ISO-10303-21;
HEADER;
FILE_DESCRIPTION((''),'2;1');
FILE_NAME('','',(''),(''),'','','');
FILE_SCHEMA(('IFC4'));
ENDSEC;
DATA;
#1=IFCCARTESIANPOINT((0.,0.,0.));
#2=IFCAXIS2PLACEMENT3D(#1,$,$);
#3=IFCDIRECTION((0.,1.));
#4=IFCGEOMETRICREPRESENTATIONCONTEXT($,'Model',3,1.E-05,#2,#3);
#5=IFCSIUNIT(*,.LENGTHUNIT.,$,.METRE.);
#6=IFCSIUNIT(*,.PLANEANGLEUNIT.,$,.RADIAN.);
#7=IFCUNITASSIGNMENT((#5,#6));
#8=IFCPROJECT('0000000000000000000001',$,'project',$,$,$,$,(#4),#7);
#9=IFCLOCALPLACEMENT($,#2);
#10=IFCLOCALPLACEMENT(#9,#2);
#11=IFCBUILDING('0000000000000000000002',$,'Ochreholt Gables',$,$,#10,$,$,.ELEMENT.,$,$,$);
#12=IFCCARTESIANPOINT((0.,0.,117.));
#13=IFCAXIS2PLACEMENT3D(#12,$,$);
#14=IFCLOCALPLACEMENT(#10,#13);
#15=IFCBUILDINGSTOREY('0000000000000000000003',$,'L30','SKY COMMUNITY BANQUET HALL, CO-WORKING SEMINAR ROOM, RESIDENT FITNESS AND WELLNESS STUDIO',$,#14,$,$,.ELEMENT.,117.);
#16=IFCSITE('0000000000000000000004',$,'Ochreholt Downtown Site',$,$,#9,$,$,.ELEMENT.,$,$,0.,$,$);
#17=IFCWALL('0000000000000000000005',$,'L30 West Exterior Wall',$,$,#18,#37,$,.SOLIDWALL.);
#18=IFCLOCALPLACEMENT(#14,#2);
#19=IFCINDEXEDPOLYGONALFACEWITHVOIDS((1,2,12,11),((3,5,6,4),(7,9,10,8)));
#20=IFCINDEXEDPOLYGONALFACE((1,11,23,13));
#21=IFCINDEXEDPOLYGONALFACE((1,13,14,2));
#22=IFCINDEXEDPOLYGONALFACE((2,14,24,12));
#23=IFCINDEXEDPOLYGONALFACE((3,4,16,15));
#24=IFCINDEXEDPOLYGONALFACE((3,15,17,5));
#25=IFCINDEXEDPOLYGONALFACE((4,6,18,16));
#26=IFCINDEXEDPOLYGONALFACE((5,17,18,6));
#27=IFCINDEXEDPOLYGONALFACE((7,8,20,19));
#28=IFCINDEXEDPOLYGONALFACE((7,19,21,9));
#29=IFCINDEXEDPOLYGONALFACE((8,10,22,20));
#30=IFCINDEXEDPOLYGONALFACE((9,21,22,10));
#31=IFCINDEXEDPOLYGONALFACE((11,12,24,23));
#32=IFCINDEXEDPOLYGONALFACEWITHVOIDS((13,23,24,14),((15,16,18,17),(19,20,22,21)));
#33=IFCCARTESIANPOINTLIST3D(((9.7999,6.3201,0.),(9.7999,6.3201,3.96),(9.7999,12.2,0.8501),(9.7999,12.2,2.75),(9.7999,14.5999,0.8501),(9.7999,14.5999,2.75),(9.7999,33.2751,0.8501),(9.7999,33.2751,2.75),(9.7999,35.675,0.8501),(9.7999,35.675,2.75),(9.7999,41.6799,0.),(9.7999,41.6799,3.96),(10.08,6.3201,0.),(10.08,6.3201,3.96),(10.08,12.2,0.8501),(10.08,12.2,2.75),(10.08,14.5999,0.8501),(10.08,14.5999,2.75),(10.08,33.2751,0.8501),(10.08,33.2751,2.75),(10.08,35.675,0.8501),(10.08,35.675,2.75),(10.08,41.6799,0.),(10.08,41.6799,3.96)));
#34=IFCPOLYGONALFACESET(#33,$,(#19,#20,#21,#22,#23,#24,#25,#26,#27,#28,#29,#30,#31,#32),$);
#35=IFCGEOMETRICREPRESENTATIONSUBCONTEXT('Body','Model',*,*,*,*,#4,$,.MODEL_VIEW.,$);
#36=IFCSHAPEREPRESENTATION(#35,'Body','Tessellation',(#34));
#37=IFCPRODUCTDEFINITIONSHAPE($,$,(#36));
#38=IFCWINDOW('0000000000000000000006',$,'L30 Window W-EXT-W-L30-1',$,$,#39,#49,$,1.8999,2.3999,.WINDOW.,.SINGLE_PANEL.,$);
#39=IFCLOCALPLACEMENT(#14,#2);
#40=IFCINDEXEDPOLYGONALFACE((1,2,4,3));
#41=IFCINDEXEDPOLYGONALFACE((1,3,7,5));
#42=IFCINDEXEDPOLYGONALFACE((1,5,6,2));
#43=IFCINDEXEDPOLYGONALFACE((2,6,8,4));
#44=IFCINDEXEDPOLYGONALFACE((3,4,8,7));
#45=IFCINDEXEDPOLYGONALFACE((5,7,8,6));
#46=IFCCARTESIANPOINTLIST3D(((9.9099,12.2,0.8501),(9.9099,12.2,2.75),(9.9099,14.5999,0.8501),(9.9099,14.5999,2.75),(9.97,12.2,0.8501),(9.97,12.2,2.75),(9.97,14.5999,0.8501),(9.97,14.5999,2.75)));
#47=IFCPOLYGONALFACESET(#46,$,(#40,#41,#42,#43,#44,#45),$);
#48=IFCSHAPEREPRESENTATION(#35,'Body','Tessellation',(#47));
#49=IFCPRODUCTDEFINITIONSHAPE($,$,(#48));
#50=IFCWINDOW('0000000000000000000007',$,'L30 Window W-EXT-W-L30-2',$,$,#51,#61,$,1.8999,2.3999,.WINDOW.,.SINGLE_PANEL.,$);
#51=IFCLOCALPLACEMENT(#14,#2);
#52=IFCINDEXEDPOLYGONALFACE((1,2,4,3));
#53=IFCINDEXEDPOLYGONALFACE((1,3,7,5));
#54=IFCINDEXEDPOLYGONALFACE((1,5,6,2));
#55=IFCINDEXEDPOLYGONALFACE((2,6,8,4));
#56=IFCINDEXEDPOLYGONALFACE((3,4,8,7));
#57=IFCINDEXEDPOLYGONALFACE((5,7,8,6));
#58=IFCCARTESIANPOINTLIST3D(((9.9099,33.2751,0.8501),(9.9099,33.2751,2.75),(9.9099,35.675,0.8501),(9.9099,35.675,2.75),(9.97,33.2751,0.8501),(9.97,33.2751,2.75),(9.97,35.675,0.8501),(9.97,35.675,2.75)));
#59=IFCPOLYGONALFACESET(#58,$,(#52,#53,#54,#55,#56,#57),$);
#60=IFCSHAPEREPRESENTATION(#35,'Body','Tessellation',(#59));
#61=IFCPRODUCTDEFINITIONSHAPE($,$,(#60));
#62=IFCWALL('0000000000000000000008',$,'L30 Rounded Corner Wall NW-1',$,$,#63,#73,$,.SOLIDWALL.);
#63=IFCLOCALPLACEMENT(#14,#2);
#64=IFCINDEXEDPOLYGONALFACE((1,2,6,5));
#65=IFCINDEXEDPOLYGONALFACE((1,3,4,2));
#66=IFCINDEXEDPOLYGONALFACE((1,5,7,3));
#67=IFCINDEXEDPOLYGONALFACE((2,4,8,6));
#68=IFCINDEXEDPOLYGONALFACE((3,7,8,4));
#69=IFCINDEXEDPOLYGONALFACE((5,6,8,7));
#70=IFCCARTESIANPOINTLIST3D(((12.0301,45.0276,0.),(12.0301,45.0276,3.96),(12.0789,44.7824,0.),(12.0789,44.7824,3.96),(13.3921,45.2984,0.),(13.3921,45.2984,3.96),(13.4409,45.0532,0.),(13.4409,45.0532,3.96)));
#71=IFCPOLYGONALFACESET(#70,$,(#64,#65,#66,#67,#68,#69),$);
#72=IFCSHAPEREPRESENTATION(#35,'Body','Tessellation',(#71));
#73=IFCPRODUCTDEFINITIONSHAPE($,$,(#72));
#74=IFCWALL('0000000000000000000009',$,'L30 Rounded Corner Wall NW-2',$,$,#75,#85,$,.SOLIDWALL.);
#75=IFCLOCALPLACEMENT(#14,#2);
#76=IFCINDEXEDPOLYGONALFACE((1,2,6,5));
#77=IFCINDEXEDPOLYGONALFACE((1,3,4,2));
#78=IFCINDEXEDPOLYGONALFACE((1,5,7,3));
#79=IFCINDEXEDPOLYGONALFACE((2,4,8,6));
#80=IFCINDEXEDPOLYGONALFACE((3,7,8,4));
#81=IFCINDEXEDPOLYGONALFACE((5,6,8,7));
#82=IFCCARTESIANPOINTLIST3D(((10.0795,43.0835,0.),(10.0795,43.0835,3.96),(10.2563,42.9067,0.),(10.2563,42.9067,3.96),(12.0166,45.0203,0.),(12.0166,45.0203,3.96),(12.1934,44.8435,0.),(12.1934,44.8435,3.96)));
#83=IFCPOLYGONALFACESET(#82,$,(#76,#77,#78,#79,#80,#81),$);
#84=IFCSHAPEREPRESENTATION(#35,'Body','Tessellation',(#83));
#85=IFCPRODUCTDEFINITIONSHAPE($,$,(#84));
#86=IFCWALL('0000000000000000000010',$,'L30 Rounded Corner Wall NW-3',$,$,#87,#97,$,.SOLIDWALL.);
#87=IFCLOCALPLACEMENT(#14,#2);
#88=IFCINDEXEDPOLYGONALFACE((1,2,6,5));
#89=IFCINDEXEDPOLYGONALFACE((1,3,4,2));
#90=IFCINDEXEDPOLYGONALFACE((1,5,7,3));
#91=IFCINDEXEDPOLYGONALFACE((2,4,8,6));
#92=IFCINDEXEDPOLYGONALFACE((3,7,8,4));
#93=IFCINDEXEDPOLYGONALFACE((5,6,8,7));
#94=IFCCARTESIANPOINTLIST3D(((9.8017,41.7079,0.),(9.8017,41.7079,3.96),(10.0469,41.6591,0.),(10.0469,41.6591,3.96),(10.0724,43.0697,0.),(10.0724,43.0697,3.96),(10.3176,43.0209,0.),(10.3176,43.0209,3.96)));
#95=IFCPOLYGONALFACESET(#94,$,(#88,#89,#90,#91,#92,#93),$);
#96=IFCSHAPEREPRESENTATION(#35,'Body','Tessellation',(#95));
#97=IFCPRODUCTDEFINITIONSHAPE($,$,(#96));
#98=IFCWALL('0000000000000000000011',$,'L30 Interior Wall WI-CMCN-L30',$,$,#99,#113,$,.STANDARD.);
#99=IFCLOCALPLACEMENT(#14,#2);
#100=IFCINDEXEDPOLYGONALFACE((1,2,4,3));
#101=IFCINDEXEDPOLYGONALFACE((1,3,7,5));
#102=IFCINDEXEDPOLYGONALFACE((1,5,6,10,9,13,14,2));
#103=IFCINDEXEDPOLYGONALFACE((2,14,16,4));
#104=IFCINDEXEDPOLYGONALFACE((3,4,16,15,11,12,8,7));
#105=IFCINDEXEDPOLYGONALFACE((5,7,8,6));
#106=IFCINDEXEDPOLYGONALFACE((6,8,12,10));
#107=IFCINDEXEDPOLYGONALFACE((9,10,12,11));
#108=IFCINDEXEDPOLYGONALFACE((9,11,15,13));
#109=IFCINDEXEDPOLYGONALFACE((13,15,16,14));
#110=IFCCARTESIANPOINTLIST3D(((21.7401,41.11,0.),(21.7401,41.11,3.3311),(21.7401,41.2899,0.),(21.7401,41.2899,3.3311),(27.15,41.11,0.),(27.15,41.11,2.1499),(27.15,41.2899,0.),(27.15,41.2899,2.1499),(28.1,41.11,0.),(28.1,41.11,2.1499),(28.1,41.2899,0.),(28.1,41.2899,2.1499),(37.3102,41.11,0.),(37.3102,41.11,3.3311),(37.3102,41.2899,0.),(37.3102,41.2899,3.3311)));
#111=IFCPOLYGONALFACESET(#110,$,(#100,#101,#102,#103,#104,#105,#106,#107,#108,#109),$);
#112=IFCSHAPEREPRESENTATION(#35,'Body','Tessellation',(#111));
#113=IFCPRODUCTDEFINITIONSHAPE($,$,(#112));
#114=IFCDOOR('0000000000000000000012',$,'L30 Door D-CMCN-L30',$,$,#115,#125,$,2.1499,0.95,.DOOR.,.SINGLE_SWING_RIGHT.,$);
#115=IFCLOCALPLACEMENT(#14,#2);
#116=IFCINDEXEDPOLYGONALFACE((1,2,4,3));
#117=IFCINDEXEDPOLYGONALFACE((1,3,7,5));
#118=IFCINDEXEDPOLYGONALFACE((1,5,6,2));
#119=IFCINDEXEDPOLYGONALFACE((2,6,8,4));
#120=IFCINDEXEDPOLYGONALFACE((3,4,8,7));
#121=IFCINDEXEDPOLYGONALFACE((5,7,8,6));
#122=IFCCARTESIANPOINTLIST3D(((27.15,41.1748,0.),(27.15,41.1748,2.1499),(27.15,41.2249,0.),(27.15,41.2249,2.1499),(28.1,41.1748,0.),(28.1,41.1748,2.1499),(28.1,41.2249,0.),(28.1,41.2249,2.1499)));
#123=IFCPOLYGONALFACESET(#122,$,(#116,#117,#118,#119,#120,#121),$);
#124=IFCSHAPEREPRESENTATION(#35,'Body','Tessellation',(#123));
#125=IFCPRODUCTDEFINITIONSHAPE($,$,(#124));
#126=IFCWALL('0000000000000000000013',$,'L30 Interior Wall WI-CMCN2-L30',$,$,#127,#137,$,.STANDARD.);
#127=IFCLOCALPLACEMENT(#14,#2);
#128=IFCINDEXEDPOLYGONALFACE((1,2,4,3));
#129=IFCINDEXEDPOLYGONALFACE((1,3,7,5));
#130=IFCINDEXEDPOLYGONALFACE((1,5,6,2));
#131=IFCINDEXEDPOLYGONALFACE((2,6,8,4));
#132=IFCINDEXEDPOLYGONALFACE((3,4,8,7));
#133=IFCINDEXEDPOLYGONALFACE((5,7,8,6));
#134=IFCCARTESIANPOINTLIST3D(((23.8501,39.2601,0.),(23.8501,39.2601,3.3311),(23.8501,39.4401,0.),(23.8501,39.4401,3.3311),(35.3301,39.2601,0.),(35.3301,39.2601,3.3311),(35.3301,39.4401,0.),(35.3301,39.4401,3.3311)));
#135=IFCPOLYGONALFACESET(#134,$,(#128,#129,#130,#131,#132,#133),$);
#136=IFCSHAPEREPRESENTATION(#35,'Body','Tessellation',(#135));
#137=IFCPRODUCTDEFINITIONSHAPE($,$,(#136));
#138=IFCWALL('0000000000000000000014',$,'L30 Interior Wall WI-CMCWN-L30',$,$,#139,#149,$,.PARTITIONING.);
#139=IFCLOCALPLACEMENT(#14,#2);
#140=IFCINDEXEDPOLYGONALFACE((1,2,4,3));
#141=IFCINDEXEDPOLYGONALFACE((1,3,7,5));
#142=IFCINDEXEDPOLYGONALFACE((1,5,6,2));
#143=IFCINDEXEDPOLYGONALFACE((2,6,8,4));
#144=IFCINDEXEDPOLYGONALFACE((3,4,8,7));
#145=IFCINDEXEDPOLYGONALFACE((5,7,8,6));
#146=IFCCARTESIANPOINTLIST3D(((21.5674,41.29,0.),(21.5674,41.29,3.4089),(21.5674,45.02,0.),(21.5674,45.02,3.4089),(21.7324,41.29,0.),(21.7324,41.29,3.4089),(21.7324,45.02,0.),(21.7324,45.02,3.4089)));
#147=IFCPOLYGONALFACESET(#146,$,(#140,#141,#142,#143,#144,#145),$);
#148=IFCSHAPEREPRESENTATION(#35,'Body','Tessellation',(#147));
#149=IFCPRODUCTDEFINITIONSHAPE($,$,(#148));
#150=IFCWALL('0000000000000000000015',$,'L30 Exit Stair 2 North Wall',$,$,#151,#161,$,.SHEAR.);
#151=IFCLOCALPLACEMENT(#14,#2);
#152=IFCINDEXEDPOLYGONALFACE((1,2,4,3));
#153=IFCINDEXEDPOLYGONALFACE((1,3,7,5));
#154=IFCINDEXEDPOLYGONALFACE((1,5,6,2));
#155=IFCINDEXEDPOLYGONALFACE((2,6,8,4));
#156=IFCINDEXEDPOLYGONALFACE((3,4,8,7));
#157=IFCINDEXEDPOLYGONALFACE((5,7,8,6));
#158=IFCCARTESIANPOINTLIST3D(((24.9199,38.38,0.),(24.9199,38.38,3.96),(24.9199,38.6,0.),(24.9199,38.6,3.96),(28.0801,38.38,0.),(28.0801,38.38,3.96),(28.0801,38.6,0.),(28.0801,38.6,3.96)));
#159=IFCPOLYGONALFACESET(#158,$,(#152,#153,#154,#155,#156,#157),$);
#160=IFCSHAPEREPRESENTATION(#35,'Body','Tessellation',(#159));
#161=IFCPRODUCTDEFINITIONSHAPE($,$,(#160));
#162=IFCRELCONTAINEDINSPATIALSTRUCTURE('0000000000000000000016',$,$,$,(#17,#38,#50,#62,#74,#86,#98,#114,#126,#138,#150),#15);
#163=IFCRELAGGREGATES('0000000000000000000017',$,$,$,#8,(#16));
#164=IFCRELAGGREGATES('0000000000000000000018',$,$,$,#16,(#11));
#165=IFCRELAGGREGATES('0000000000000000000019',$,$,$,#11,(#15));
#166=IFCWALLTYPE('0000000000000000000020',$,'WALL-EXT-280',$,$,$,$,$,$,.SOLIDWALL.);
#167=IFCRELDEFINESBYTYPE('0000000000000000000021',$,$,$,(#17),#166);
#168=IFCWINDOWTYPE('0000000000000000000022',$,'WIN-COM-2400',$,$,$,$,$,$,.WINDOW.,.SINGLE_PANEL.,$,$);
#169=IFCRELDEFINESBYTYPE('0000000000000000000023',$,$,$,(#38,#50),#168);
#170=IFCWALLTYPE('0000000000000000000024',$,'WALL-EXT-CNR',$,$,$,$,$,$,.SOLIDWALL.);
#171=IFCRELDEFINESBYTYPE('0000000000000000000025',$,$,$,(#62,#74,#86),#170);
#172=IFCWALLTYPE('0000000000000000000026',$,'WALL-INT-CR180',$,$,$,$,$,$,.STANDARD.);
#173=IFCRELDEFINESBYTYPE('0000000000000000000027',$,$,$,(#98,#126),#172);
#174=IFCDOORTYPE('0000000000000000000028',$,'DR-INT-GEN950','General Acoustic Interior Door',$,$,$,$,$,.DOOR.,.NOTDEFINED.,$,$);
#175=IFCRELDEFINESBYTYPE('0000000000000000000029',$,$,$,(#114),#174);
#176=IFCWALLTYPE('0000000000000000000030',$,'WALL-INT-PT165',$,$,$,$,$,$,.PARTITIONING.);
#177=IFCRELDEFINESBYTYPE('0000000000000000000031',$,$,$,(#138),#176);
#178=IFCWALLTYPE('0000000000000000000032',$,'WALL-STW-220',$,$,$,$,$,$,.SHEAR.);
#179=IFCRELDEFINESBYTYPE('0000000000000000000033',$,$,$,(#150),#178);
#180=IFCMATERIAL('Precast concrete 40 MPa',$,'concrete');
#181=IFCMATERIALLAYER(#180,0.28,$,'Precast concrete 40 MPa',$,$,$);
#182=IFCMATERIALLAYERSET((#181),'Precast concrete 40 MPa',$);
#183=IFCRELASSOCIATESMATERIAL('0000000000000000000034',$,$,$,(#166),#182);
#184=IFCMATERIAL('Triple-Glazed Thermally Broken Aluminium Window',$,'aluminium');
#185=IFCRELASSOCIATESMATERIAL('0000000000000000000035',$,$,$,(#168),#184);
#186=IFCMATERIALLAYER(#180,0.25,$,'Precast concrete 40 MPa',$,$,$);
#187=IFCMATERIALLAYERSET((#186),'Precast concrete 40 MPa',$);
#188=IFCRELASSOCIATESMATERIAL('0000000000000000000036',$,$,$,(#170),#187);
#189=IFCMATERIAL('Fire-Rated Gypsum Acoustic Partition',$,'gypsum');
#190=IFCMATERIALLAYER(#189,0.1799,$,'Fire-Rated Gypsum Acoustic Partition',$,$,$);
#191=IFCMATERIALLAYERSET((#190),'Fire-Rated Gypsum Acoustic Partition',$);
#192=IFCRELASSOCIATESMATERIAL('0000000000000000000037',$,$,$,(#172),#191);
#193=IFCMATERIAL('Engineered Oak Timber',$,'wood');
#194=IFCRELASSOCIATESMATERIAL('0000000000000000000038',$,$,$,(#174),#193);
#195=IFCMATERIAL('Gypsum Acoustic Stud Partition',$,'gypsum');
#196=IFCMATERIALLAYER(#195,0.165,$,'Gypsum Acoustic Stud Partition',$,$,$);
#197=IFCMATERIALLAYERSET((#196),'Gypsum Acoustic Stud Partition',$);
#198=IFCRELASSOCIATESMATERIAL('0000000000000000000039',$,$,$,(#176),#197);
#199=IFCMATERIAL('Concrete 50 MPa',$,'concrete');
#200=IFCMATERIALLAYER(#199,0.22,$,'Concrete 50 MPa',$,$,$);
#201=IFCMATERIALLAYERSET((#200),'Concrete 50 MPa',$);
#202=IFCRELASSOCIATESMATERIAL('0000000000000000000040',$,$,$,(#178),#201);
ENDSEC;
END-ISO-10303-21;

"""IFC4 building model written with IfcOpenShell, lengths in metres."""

from ifc_helpers import new_model, si_unit, direction, frame, frame_2d, origin, place, context, subcontext, project, spatial, rectangle, extrude, material, layer, layer_set, type_object, element, fill, save


model = new_model("IFC4")

# Units and contexts
model_context = context("Model", 3, precision=1e-05, world=origin(), true_north=direction((0.0, 1.0)))
body_context = subcontext(model_context, "Body", "Model", "MODEL_VIEW")
ifc_project = project(units=[si_unit("LENGTHUNIT", "METRE"), si_unit("PLANEANGLEUNIT", "RADIAN")], contexts=[model_context])

# Site, building, storey
site_placement = place(None, origin())
site = spatial("IfcSite", under=ifc_project, at=site_placement, Name="Ochreholt Downtown Site", CompositionType="ELEMENT", RefElevation=0.0)
building_placement = place(site_placement, origin())
building = spatial("IfcBuilding", under=site, at=building_placement, Name="Ochreholt Gables", CompositionType="ELEMENT")
storey_placement = place(building_placement, frame((0.0, 0.0, 117.0)))
storey = spatial("IfcBuildingStorey", under=building, at=storey_placement, Name="L30", Description="SKY COMMUNITY BANQUET HALL, CO-WORKING SEMINAR ROOM, RESIDENT FITNESS AND WELLNESS STUDIO", CompositionType="ELEMENT", Elevation=117.0)

# Wall, openings, windows
ifc_material_1 = material(Name="Precast concrete 40 MPa", Category="concrete")
ifc_layer_1 = layer(ifc_material_1, 0.28, Name="Precast concrete 40 MPa")
ifc_layer_set_1 = layer_set([ifc_layer_1], Name="Precast concrete 40 MPa")
wall_type_1 = type_object("IfcWallType", Name="WALL-EXT-280", PredefinedType="SOLIDWALL", material=ifc_layer_set_1)
ifc_material_2 = material(Name="Triple-Glazed Thermally Broken Aluminium Window", Category="aluminium")
window_type = type_object("IfcWindowType", Name="WIN-COM-2400", PartitioningType="SINGLE_PANEL", PredefinedType="WINDOW", material=ifc_material_2)
wall_1_placement = place(storey_placement, frame((9.9399, 41.6799, 0.0), z_axis=(0.0, 0.0, 1.0), x_axis=(0.0, -1.0, 0.0)))
wall_1 = element("IfcWall", 1, at=wall_1_placement, inside=storey, type_object=wall_type_1, Name="L30 West Exterior Wall", PredefinedType="SOLIDWALL", context=body_context, shape_type="SweptSolid", body=[
    extrude(rectangle(XDim=35.3599, YDim=0.28, at=frame_2d((17.6799, 0.0))), origin(), (0.0, 0.0, 1.0), 3.96),
])
opening_1_placement = place(wall_1_placement, frame((27.0801, 0.0, 0.8501)))
opening_1 = element("IfcOpeningElement", 2, at=opening_1_placement, cuts=wall_1, PredefinedType="OPENING", context=body_context, shape_type="SweptSolid", body=[
    extrude(rectangle(XDim=2.3999, YDim=1.8999, at=frame_2d((1.2, 0.95))), frame((0.0, 0.1499, 0.0), z_axis=(0.0, -1.0, 0.0), x_axis=(1.0, 0.0, 0.0)), (0.0, 0.0, 1.0), 0.3),
])
opening_2_placement = place(wall_1_placement, frame((6.0049, 0.0, 0.8501)))
opening_2 = element("IfcOpeningElement", 3, at=opening_2_placement, cuts=wall_1, PredefinedType="OPENING", context=body_context, shape_type="SweptSolid", body=[
    extrude(rectangle(XDim=2.3999, YDim=1.8999, at=frame_2d((1.2, 0.95))), frame((0.0, 0.1499, 0.0), z_axis=(0.0, -1.0, 0.0), x_axis=(1.0, 0.0, 0.0)), (0.0, 0.0, 1.0), 0.3),
])
window_1_placement = place(opening_1_placement, origin())
window_1 = element("IfcWindow", 4, at=window_1_placement, inside=storey, type_object=window_type, Name="L30 Window W-EXT-W-L30-1", OverallHeight=1.8999, OverallWidth=2.3999, PartitioningType="SINGLE_PANEL", PredefinedType="WINDOW", context=body_context, shape_type="SweptSolid", body=[
    extrude(rectangle(XDim=2.3999, YDim=1.8999, at=frame_2d((1.2, 0.95))), frame((0.0, 0.03, 0.0), z_axis=(0.0, -1.0, 0.0), x_axis=(1.0, 0.0, 0.0)), (0.0, 0.0, 1.0), 0.0601),
])
fill(opening_1, window_1)
window_2_placement = place(opening_2_placement, origin())
window_2 = element("IfcWindow", 5, at=window_2_placement, inside=storey, type_object=window_type, Name="L30 Window W-EXT-W-L30-2", OverallHeight=1.8999, OverallWidth=2.3999, PartitioningType="SINGLE_PANEL", PredefinedType="WINDOW", context=body_context, shape_type="SweptSolid", body=[
    extrude(rectangle(XDim=2.3999, YDim=1.8999, at=frame_2d((1.2, 0.95))), frame((0.0, 0.03, 0.0), z_axis=(0.0, -1.0, 0.0), x_axis=(1.0, 0.0, 0.0)), (0.0, 0.0, 1.0), 0.0601),
])
fill(opening_2, window_2)

# Walls
ifc_layer_2 = layer(ifc_material_1, 0.25, Name="Precast concrete 40 MPa")
ifc_layer_set_2 = layer_set([ifc_layer_2], Name="Precast concrete 40 MPa")
wall_type_2 = type_object("IfcWallType", Name="WALL-EXT-CNR", PredefinedType="SOLIDWALL", material=ifc_layer_set_2)
wall_2_placement = place(storey_placement, frame((13.4165, 45.1758, 0.0), z_axis=(0.0, 0.0, 1.0), x_axis=(-0.98081, -0.194967, 0.0)))
element("IfcWall", 6, at=wall_2_placement, inside=storey, type_object=wall_type_2, Name="L30 Rounded Corner Wall NW-1", PredefinedType="SOLIDWALL", context=body_context, shape_type="SweptSolid", body=[
    extrude(rectangle(XDim=1.3887, YDim=0.25, at=frame_2d((0.6943, 0.0))), origin(), (0.0, 0.0, 1.0), 3.96),
])
wall_3_placement = place(storey_placement, frame((12.105, 44.9319, 0.0), z_axis=(0.0, 0.0, 1.0), x_axis=(-0.707151, -0.707062, 0.0)))
element("IfcWall", 7, at=wall_3_placement, inside=storey, type_object=wall_type_2, Name="L30 Rounded Corner Wall NW-2", PredefinedType="SOLIDWALL", context=body_context, shape_type="SweptSolid", body=[
    extrude(rectangle(XDim=2.7393, YDim=0.25, at=frame_2d((1.3696, 0.0))), origin(), (0.0, 0.0, 1.0), 3.96),
])
wall_4_placement = place(storey_placement, frame((10.1951, 43.0454, 0.0), z_axis=(0.0, 0.0, 1.0), x_axis=(-0.195, -0.980803, 0.0)))
element("IfcWall", 8, at=wall_4_placement, inside=storey, type_object=wall_type_2, Name="L30 Rounded Corner Wall NW-3", PredefinedType="SOLIDWALL", context=body_context, shape_type="SweptSolid", body=[
    extrude(rectangle(XDim=1.3884, YDim=0.25, at=frame_2d((0.6943, 0.0))), origin(), (0.0, 0.0, 1.0), 3.96),
])

# Wall, opening, door
ifc_material_3 = material(Name="Fire-Rated Gypsum Acoustic Partition", Category="gypsum")
ifc_layer_3 = layer(ifc_material_3, 0.1799, Name="Fire-Rated Gypsum Acoustic Partition")
ifc_layer_set_3 = layer_set([ifc_layer_3], Name="Fire-Rated Gypsum Acoustic Partition")
wall_type_3 = type_object("IfcWallType", Name="WALL-INT-CR180", PredefinedType="STANDARD", material=ifc_layer_set_3)
wall_5_placement = place(storey_placement, frame((21.74, 41.2, 0.0), z_axis=(0.0, 0.0, 1.0), x_axis=(1.0, 0.0, 0.0)))
wall_5 = element("IfcWall", 9, at=wall_5_placement, inside=storey, type_object=wall_type_3, Name="L30 Interior Wall WI-CMCN-L30", PredefinedType="STANDARD", context=body_context, shape_type="SweptSolid", body=[
    extrude(rectangle(XDim=15.5701, YDim=0.1799, at=frame_2d((7.7852, 0.0))), origin(), (0.0, 0.0, 1.0), 3.3311),
])
opening_3_placement = place(wall_5_placement, frame((5.4099, 0.0, 0.0)))
opening_3 = element("IfcOpeningElement", 10, at=opening_3_placement, cuts=wall_5, PredefinedType="OPENING", context=body_context, shape_type="SweptSolid", body=[
    extrude(rectangle(XDim=0.95, YDim=2.1499, at=frame_2d((0.4751, 1.075))), frame((0.0, 0.0999, 0.0), z_axis=(0.0, -1.0, 0.0), x_axis=(1.0, 0.0, 0.0)), (0.0, 0.0, 1.0), 0.2),
])
ifc_material_4 = material(Name="Engineered Oak Timber", Category="wood")
door_type = type_object("IfcDoorType", Name="DR-INT-GEN950", Description="General Acoustic Interior Door", OperationType="NOTDEFINED", PredefinedType="DOOR", material=ifc_material_4)
door_placement = place(opening_3_placement, origin())
door = element("IfcDoor", 11, at=door_placement, inside=storey, type_object=door_type, Name="L30 Door D-CMCN-L30", OperationType="SINGLE_SWING_RIGHT", OverallHeight=2.1499, OverallWidth=0.95, PredefinedType="DOOR", context=body_context, shape_type="SweptSolid", body=[
    extrude(rectangle(XDim=0.95, YDim=2.1499, at=frame_2d((0.4751, 1.075))), frame((0.0, 0.0249, 0.0), z_axis=(0.0, -1.0, 0.0), x_axis=(1.0, 0.0, 0.0)), (0.0, 0.0, 1.0), 0.05),
])
fill(opening_3, door)

# Walls
wall_6_placement = place(storey_placement, frame((23.8501, 39.3501, 0.0), z_axis=(0.0, 0.0, 1.0), x_axis=(1.0, 0.0, 0.0)))
element("IfcWall", 12, at=wall_6_placement, inside=storey, type_object=wall_type_3, Name="L30 Interior Wall WI-CMCN2-L30", PredefinedType="STANDARD", context=body_context, shape_type="SweptSolid", body=[
    extrude(rectangle(XDim=11.48, YDim=0.1799, at=frame_2d((5.74, 0.0))), origin(), (0.0, 0.0, 1.0), 3.3311),
])
ifc_material_5 = material(Name="Gypsum Acoustic Stud Partition", Category="gypsum")
ifc_layer_4 = layer(ifc_material_5, 0.165, Name="Gypsum Acoustic Stud Partition")
ifc_layer_set_4 = layer_set([ifc_layer_4], Name="Gypsum Acoustic Stud Partition")
wall_type_4 = type_object("IfcWallType", Name="WALL-INT-PT165", PredefinedType="PARTITIONING", material=ifc_layer_set_4)
wall_7_placement = place(storey_placement, frame((21.6499, 41.29, 0.0), z_axis=(0.0, 0.0, 1.0), x_axis=(0.0, 1.0, 0.0)))
element("IfcWall", 13, at=wall_7_placement, inside=storey, type_object=wall_type_4, Name="L30 Interior Wall WI-CMCWN-L30", PredefinedType="PARTITIONING", context=body_context, shape_type="SweptSolid", body=[
    extrude(rectangle(XDim=3.73, YDim=0.165, at=frame_2d((1.865, 0.0))), origin(), (0.0, 0.0, 1.0), 3.4089),
])
ifc_material_6 = material(Name="Concrete 50 MPa", Category="concrete")
ifc_layer_5 = layer(ifc_material_6, 0.22, Name="Concrete 50 MPa")
ifc_layer_set_5 = layer_set([ifc_layer_5], Name="Concrete 50 MPa")
wall_type_5 = type_object("IfcWallType", Name="WALL-STW-220", PredefinedType="SHEAR", material=ifc_layer_set_5)
wall_8_placement = place(storey_placement, frame((24.9199, 38.49, 0.0), z_axis=(0.0, 0.0, 1.0), x_axis=(1.0, 0.0, 0.0)))
element("IfcWall", 14, at=wall_8_placement, inside=storey, type_object=wall_type_5, Name="L30 Exit Stair 2 North Wall", PredefinedType="SHEAR", context=body_context, shape_type="SweptSolid", body=[
    extrude(rectangle(XDim=3.1602, YDim=0.22, at=frame_2d((1.5801, 0.0))), origin(), (0.0, 0.0, 1.0), 3.96),
])

save(model, "model.ifc")
